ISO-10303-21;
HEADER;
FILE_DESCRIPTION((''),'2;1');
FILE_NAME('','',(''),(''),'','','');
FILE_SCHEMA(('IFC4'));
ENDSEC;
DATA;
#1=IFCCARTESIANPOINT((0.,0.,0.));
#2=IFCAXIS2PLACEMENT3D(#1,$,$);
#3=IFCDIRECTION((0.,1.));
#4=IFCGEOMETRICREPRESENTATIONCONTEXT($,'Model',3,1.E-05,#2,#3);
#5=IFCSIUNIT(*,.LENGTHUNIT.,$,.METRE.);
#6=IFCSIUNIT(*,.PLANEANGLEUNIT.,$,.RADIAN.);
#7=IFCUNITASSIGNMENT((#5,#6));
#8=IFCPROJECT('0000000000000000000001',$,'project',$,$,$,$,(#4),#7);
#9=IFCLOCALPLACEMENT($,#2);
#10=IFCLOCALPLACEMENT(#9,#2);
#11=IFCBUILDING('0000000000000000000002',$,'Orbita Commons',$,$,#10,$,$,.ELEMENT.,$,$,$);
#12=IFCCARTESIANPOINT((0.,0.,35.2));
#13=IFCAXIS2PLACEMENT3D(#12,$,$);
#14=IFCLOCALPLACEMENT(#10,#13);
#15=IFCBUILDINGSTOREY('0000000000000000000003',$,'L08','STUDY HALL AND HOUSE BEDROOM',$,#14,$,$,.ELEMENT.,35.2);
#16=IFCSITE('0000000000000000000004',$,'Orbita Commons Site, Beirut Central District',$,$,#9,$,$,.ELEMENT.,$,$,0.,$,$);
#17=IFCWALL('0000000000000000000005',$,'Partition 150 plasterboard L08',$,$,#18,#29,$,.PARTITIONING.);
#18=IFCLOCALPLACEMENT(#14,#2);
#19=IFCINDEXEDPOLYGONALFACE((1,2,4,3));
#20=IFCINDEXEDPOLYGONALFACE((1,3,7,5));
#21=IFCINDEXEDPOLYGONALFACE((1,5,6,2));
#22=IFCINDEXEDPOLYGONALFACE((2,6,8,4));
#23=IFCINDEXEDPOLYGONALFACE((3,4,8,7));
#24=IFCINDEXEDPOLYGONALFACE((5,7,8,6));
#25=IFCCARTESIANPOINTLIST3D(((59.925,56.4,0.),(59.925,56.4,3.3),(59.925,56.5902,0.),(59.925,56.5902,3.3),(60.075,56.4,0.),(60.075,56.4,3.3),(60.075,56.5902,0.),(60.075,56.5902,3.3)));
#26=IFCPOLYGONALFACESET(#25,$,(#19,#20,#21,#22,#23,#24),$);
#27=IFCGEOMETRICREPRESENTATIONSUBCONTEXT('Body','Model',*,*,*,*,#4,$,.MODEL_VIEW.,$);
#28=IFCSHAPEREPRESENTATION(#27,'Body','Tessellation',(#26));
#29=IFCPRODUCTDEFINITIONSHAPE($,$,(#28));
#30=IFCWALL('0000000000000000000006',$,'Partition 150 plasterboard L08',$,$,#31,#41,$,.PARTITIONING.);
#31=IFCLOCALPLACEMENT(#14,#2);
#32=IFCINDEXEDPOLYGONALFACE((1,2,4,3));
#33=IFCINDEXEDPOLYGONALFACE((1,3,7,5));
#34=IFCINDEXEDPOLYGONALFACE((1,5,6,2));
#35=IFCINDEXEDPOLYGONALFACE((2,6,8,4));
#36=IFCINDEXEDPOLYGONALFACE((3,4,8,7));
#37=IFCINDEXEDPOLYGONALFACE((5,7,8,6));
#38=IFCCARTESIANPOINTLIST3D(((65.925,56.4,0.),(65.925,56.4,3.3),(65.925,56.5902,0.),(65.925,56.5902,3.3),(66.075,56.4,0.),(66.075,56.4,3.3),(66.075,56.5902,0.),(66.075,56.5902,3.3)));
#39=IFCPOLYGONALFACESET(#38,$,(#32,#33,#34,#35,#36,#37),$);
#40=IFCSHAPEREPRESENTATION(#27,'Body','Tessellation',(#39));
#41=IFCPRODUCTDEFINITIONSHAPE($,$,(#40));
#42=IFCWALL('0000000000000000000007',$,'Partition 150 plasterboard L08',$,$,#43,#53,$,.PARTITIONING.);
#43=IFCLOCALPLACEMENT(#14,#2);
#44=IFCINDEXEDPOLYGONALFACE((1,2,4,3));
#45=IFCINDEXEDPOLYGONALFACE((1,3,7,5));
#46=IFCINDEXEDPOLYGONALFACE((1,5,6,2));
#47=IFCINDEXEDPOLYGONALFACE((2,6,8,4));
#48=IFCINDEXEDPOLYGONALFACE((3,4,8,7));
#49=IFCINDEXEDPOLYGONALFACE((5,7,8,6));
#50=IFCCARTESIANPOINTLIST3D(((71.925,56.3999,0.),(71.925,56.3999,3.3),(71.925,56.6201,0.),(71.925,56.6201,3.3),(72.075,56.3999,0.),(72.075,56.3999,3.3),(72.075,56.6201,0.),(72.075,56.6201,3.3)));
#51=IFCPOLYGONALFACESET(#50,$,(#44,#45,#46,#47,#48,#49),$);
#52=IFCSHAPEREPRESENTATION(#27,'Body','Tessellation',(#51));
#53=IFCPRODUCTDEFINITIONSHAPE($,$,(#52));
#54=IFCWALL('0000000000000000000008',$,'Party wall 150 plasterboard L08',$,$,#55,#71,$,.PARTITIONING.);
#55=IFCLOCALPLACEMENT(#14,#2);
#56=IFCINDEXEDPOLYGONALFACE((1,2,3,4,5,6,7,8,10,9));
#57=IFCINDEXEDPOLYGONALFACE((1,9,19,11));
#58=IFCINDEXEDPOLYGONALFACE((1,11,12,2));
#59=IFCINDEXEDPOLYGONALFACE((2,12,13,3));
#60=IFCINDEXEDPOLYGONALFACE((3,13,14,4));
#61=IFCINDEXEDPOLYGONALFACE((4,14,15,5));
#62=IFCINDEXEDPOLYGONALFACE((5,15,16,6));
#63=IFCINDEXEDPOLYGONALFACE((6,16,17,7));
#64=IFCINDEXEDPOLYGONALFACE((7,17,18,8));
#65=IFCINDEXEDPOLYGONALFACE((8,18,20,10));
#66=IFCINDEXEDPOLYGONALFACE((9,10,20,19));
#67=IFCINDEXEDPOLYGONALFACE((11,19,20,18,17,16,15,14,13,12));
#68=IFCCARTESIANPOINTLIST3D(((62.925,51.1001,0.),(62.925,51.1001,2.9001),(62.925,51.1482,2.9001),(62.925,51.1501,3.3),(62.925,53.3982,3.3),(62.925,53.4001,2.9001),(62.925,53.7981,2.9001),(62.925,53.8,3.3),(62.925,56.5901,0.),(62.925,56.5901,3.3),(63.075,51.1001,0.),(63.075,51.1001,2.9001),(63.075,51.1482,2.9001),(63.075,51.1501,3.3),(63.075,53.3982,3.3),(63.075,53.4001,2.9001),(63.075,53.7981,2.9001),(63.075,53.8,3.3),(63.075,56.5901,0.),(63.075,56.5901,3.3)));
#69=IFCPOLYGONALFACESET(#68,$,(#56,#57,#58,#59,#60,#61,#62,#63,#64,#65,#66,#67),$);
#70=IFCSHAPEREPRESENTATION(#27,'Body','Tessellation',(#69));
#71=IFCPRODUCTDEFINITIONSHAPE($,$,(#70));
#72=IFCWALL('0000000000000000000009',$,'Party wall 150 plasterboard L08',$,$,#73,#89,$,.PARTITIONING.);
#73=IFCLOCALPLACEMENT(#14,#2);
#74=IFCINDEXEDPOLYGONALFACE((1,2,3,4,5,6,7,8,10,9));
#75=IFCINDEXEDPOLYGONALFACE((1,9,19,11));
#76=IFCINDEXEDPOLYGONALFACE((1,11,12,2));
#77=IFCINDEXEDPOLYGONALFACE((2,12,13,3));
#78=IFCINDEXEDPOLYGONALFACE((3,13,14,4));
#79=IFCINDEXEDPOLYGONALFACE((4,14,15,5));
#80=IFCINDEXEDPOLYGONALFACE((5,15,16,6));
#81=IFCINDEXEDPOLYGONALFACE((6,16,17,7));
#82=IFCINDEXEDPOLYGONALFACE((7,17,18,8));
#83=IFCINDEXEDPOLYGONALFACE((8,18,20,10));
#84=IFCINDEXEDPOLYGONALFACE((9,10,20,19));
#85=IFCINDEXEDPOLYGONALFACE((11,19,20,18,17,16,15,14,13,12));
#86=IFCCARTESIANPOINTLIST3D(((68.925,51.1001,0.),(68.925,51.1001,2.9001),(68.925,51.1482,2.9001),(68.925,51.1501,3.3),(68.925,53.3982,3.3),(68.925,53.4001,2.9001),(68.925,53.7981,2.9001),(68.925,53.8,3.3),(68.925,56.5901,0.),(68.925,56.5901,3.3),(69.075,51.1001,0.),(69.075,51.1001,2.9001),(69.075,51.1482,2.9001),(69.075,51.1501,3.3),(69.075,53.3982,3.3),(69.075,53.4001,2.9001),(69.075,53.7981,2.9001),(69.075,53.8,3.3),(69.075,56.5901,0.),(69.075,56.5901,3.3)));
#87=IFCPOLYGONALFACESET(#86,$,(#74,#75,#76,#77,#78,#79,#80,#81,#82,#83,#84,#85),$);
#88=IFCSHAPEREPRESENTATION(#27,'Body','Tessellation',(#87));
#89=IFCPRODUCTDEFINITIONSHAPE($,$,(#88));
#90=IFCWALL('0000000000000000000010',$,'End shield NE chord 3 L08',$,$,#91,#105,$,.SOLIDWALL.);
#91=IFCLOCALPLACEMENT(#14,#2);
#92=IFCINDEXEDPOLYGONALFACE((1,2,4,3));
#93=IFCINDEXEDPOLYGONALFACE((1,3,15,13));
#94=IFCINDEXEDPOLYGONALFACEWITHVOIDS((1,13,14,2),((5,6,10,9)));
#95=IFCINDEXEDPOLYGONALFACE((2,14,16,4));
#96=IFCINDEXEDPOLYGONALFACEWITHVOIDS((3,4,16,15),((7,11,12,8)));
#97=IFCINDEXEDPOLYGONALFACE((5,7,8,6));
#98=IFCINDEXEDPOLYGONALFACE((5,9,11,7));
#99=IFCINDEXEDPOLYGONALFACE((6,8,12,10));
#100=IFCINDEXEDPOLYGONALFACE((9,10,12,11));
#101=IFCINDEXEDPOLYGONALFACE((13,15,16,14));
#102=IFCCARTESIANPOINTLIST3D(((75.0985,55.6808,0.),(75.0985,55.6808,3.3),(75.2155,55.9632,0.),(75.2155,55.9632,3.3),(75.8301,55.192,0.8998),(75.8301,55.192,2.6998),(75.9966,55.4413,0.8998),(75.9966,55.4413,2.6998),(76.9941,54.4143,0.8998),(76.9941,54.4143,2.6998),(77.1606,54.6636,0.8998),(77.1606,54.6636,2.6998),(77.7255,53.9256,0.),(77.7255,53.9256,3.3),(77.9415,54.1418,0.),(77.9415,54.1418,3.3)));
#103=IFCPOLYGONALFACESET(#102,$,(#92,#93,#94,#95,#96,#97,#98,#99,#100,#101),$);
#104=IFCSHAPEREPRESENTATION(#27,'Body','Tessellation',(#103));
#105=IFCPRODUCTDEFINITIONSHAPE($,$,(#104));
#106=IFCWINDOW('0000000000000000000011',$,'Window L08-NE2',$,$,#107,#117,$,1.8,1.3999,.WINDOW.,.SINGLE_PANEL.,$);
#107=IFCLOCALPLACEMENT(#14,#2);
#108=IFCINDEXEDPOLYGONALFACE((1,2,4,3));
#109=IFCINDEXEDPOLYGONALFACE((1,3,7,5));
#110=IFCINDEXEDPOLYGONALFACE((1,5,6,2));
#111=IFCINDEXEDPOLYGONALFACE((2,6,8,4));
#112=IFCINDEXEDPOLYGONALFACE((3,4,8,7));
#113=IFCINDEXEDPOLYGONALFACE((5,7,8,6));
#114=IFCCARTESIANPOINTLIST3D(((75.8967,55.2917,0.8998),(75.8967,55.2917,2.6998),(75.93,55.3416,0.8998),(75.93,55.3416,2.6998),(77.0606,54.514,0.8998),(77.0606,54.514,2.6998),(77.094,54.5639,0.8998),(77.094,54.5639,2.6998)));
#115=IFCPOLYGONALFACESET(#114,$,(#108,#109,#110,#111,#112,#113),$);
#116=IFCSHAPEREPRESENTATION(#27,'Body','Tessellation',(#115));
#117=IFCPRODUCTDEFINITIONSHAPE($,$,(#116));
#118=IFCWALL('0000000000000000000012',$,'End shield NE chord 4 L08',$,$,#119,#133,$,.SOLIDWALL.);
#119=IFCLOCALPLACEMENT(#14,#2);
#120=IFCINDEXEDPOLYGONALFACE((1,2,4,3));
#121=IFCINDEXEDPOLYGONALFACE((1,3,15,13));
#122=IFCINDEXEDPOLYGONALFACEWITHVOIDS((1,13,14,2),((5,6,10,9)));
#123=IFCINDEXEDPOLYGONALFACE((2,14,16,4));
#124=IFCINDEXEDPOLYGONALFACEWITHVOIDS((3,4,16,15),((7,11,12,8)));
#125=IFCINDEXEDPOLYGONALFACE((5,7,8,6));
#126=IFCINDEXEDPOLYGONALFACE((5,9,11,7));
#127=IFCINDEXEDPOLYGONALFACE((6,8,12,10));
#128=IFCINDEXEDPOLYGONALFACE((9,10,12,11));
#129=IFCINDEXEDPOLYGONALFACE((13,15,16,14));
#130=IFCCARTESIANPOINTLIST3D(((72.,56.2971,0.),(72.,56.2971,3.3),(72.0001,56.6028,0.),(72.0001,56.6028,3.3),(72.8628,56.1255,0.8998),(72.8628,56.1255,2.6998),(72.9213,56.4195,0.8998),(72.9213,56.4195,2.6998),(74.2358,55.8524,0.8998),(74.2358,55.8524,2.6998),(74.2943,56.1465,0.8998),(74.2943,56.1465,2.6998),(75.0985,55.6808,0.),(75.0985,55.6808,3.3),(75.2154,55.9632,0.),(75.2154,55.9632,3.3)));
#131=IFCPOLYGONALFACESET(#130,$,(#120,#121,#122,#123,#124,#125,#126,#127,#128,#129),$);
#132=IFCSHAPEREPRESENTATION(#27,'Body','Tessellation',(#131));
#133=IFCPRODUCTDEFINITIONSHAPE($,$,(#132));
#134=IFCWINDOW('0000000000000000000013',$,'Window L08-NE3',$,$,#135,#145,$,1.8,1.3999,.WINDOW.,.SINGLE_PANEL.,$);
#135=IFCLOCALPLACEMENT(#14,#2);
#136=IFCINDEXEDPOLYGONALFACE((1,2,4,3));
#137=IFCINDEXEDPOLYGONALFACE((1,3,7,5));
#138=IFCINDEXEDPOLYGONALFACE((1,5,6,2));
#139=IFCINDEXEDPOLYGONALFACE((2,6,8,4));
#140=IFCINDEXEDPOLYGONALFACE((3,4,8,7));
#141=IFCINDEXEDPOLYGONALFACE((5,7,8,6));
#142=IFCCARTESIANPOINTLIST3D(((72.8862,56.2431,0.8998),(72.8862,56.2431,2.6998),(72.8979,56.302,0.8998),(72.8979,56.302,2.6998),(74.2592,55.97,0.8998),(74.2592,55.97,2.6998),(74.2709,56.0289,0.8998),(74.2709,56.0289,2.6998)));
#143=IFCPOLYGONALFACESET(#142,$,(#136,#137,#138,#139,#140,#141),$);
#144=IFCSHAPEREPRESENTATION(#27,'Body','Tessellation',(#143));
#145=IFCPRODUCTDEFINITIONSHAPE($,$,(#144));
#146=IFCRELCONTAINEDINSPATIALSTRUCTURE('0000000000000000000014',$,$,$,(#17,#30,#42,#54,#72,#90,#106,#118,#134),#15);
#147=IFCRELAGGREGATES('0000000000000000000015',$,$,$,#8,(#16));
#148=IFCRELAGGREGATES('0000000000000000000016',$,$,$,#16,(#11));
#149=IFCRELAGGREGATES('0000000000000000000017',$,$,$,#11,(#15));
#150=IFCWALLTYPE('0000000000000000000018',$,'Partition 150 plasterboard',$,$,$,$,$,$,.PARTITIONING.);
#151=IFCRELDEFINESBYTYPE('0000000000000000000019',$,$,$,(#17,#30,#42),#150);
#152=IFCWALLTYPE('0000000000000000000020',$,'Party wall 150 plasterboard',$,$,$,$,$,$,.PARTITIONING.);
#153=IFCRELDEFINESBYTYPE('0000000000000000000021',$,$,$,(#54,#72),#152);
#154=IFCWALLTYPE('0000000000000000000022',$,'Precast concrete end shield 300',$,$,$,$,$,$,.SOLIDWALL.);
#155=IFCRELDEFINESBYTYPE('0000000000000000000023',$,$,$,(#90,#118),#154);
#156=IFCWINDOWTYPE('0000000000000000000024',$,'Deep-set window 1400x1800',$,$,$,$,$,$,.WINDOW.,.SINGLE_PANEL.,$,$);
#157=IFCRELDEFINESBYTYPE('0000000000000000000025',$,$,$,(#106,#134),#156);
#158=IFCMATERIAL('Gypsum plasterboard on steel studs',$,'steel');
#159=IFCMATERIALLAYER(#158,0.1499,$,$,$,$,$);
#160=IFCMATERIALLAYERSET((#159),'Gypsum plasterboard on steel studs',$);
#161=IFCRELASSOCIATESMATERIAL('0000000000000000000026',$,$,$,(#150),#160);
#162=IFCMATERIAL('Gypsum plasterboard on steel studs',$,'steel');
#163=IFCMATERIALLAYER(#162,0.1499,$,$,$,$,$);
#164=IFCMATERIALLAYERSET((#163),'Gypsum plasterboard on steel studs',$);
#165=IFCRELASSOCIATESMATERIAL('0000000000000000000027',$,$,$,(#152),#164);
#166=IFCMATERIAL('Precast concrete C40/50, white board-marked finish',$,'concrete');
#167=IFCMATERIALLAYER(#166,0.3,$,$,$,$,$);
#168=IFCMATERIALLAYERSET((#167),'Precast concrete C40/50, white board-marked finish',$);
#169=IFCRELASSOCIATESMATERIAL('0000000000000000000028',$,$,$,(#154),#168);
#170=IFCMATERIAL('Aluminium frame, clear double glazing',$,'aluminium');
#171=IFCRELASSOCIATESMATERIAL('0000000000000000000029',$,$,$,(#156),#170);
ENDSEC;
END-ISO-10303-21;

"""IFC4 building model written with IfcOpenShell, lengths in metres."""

from ifc_helpers import new_model, si_unit, direction, frame, frame_2d, origin, place, context, subcontext, project, spatial, polyline, rectangle, outline, extrude, material, layer, layer_set, type_object, element, fill, save


model = new_model("IFC4")

# Units and contexts
model_context = context("Model", 3, precision=1e-05, world=origin(), true_north=direction((0.0, 1.0)))
body_context = subcontext(model_context, "Body", "Model", "MODEL_VIEW")
ifc_project = project(units=[si_unit("LENGTHUNIT", "METRE"), si_unit("PLANEANGLEUNIT", "RADIAN")], contexts=[model_context])

# Site, building, storey
site_placement = place(None, origin())
site = spatial("IfcSite", under=ifc_project, at=site_placement, Name="Orbita Commons Site, Beirut Central District", CompositionType="ELEMENT", RefElevation=0.0)
building_placement = place(site_placement, origin())
building = spatial("IfcBuilding", under=site, at=building_placement, Name="Orbita Commons", CompositionType="ELEMENT")
storey_placement = place(building_placement, frame((0.0, 0.0, 35.2)))
storey = spatial("IfcBuildingStorey", under=building, at=storey_placement, Name="L08", Description="STUDY HALL AND HOUSE BEDROOM", CompositionType="ELEMENT", Elevation=35.2)

# Walls
ifc_material_1 = material(Name="Gypsum plasterboard on steel studs", Category="steel")
ifc_layer_1 = layer(ifc_material_1, 0.1499)
ifc_layer_set_1 = layer_set([ifc_layer_1], Name="Gypsum plasterboard on steel studs")
wall_type_1 = type_object("IfcWallType", Name="Partition 150 plasterboard", PredefinedType="PARTITIONING", material=ifc_layer_set_1)
for number, where, z_axis, x_axis, name in (
    (1, (60.0, 56.3999, 0.0), (0.0, 0.0, 1.0), (0.0, 1.0, 0.0), "Partition 150 plasterboard L08"),
    (2, (66.0, 56.3999, 0.0), (0.0, 0.0, 1.0), (0.0, 1.0, 0.0), "Partition 150 plasterboard L08"),
):
    element("IfcWall", number, at=place(storey_placement, frame(where, z_axis=z_axis, x_axis=x_axis)), inside=storey, type_object=wall_type_1, Name=name, PredefinedType="PARTITIONING", context=body_context, shape_type="SweptSolid", body=[
        extrude(rectangle(XDim=0.1902, YDim=0.1499, at=frame_2d((0.0952, 0.0))), origin(), (0.0, 0.0, 1.0), 3.3),
    ])
wall_1_placement = place(storey_placement, frame((72.0, 56.3999, 0.0), z_axis=(0.0, 0.0, 1.0), x_axis=(0.0, 1.0, 0.0)))
element("IfcWall", 3, at=wall_1_placement, inside=storey, type_object=wall_type_1, Name="Partition 150 plasterboard L08", PredefinedType="PARTITIONING", context=body_context, shape_type="SweptSolid", body=[
    extrude(rectangle(XDim=0.2202, YDim=0.1499, at=frame_2d((0.1101, 0.0))), origin(), (0.0, 0.0, 1.0), 3.3),
])
ifc_material_2 = material(Name="Gypsum plasterboard on steel studs", Category="steel")
ifc_layer_2 = layer(ifc_material_2, 0.1499)
ifc_layer_set_2 = layer_set([ifc_layer_2], Name="Gypsum plasterboard on steel studs")
wall_type_2 = type_object("IfcWallType", Name="Party wall 150 plasterboard", PredefinedType="PARTITIONING", material=ifc_layer_set_2)
for number, where, z_axis, x_axis, name in (
    (4, (63.0, 56.5901, 0.0), (0.0, 0.0, 1.0), (0.0, -1.0, 0.0), "Party wall 150 plasterboard L08"),
    (5, (69.0, 56.5901, 0.0), (0.0, 0.0, 1.0), (0.0, -1.0, 0.0), "Party wall 150 plasterboard L08"),
):
    element("IfcWall", number, at=place(storey_placement, frame(where, z_axis=z_axis, x_axis=x_axis)), inside=storey, type_object=wall_type_2, Name=name, PredefinedType="PARTITIONING", context=body_context, shape_type="SweptSolid", body=[
        extrude(outline(polyline([(0.0, 0.0), (5.49, 0.0), (5.49, 2.9001), (5.4419, 2.9001), (5.4399, 3.3), (3.1919, 3.3), (3.1899, 2.9001), (2.792, 2.9001), (2.79, 3.3), (0.0, 3.3), (0.0, 0.0)])), frame((0.0, 0.075, 0.0), z_axis=(0.0, -1.0, 0.0), x_axis=(1.0, 0.0, 0.0)), (0.0, 0.0, 1.0), 0.1499),
    ])

# Walls, openings, windows
ifc_material_3 = material(Name="Precast concrete C40/50, white board-marked finish", Category="concrete")
ifc_layer_3 = layer(ifc_material_3, 0.3)
ifc_layer_set_3 = layer_set([ifc_layer_3], Name="Precast concrete C40/50, white board-marked finish")
wall_type_3 = type_object("IfcWallType", Name="Precast concrete end shield 300", PredefinedType="SOLIDWALL", material=ifc_layer_set_3)
wall_2_placement = place(storey_placement, frame((77.8335, 54.0337, 0.0), z_axis=(0.0, 0.0, 1.0), x_axis=(-0.831478, 0.555558, 0.0)))
wall_2 = element("IfcWall", 6, at=wall_2_placement, inside=storey, type_object=wall_type_3, Name="End shield NE chord 3 L08", PredefinedType="SOLIDWALL", context=body_context, shape_type="SweptSolid", body=[
    extrude(outline(polyline([(-0.0298, -0.1499), (3.2488, -0.1499), (3.1892, 0.1499), (0.0298, 0.1499), (-0.0298, -0.1499)])), origin(), (0.0, 0.0, 1.0), 3.3),
])
opening_1_placement = place(wall_2_placement, frame((0.9094, 0.0, 0.8999)))
opening_1 = element("IfcOpeningElement", 7, at=opening_1_placement, cuts=wall_2, PredefinedType="OPENING", context=body_context, shape_type="SweptSolid", body=[
    extrude(rectangle(XDim=1.3999, YDim=1.8, at=frame_2d((0.7, 0.8999))), frame((0.0, 0.1599, 0.0), z_axis=(0.0, -1.0, 0.0), x_axis=(1.0, 0.0, 0.0)), (0.0, 0.0, 1.0), 0.3201),
])
ifc_material_4 = material(Name="Aluminium frame, clear double glazing", Category="aluminium")
window_type = type_object("IfcWindowType", Name="Deep-set window 1400x1800", PartitioningType="SINGLE_PANEL", PredefinedType="WINDOW", material=ifc_material_4)
window_1_placement = place(opening_1_placement, origin())
window_1 = element("IfcWindow", 8, at=window_1_placement, inside=storey, type_object=window_type, Name="Window L08-NE2", OverallHeight=1.8, OverallWidth=1.3999, PartitioningType="SINGLE_PANEL", PredefinedType="WINDOW", context=body_context, shape_type="SweptSolid", body=[
    extrude(rectangle(XDim=1.3999, YDim=1.8, at=frame_2d((0.7, 0.8999))), frame((0.0, 0.03, 0.0), z_axis=(0.0, -1.0, 0.0), x_axis=(1.0, 0.0, 0.0)), (0.0, 0.0, 1.0), 0.0601),
])
fill(opening_1, window_1)
wall_3_placement = place(storey_placement, frame((75.157, 55.822, 0.0), z_axis=(0.0, 0.0, 1.0), x_axis=(-0.980787, 0.19508, 0.0)))
wall_3 = element("IfcWall", 9, at=wall_3_placement, inside=storey, type_object=wall_type_3, Name="End shield NE chord 4 L08", PredefinedType="SOLIDWALL", context=body_context, shape_type="SweptSolid", body=[
    extrude(outline(polyline([(-0.0298, -0.1499), (3.2485, -0.1499), (3.189, 0.1499), (0.0298, 0.1499), (-0.0298, -0.1499)])), origin(), (0.0, 0.0, 1.0), 3.3),
])
opening_2_placement = place(wall_3_placement, frame((0.9094, 0.0, 0.8999)))
opening_2 = element("IfcOpeningElement", 10, at=opening_2_placement, cuts=wall_3, PredefinedType="OPENING", context=body_context, shape_type="SweptSolid", body=[
    extrude(rectangle(XDim=1.3999, YDim=1.8, at=frame_2d((0.7, 0.8999))), frame((0.0, 0.1599, 0.0), z_axis=(0.0, -1.0, 0.0), x_axis=(1.0, 0.0, 0.0)), (0.0, 0.0, 1.0), 0.3201),
])
window_2_placement = place(opening_2_placement, origin())
window_2 = element("IfcWindow", 11, at=window_2_placement, inside=storey, type_object=window_type, Name="Window L08-NE3", OverallHeight=1.8, OverallWidth=1.3999, PartitioningType="SINGLE_PANEL", PredefinedType="WINDOW", context=body_context, shape_type="SweptSolid", body=[
    extrude(rectangle(XDim=1.3999, YDim=1.8, at=frame_2d((0.7, 0.8999))), frame((0.0, 0.03, 0.0), z_axis=(0.0, -1.0, 0.0), x_axis=(1.0, 0.0, 0.0)), (0.0, 0.0, 1.0), 0.0601),
])
fill(opening_2, window_2)

save(model, "model.ifc")
